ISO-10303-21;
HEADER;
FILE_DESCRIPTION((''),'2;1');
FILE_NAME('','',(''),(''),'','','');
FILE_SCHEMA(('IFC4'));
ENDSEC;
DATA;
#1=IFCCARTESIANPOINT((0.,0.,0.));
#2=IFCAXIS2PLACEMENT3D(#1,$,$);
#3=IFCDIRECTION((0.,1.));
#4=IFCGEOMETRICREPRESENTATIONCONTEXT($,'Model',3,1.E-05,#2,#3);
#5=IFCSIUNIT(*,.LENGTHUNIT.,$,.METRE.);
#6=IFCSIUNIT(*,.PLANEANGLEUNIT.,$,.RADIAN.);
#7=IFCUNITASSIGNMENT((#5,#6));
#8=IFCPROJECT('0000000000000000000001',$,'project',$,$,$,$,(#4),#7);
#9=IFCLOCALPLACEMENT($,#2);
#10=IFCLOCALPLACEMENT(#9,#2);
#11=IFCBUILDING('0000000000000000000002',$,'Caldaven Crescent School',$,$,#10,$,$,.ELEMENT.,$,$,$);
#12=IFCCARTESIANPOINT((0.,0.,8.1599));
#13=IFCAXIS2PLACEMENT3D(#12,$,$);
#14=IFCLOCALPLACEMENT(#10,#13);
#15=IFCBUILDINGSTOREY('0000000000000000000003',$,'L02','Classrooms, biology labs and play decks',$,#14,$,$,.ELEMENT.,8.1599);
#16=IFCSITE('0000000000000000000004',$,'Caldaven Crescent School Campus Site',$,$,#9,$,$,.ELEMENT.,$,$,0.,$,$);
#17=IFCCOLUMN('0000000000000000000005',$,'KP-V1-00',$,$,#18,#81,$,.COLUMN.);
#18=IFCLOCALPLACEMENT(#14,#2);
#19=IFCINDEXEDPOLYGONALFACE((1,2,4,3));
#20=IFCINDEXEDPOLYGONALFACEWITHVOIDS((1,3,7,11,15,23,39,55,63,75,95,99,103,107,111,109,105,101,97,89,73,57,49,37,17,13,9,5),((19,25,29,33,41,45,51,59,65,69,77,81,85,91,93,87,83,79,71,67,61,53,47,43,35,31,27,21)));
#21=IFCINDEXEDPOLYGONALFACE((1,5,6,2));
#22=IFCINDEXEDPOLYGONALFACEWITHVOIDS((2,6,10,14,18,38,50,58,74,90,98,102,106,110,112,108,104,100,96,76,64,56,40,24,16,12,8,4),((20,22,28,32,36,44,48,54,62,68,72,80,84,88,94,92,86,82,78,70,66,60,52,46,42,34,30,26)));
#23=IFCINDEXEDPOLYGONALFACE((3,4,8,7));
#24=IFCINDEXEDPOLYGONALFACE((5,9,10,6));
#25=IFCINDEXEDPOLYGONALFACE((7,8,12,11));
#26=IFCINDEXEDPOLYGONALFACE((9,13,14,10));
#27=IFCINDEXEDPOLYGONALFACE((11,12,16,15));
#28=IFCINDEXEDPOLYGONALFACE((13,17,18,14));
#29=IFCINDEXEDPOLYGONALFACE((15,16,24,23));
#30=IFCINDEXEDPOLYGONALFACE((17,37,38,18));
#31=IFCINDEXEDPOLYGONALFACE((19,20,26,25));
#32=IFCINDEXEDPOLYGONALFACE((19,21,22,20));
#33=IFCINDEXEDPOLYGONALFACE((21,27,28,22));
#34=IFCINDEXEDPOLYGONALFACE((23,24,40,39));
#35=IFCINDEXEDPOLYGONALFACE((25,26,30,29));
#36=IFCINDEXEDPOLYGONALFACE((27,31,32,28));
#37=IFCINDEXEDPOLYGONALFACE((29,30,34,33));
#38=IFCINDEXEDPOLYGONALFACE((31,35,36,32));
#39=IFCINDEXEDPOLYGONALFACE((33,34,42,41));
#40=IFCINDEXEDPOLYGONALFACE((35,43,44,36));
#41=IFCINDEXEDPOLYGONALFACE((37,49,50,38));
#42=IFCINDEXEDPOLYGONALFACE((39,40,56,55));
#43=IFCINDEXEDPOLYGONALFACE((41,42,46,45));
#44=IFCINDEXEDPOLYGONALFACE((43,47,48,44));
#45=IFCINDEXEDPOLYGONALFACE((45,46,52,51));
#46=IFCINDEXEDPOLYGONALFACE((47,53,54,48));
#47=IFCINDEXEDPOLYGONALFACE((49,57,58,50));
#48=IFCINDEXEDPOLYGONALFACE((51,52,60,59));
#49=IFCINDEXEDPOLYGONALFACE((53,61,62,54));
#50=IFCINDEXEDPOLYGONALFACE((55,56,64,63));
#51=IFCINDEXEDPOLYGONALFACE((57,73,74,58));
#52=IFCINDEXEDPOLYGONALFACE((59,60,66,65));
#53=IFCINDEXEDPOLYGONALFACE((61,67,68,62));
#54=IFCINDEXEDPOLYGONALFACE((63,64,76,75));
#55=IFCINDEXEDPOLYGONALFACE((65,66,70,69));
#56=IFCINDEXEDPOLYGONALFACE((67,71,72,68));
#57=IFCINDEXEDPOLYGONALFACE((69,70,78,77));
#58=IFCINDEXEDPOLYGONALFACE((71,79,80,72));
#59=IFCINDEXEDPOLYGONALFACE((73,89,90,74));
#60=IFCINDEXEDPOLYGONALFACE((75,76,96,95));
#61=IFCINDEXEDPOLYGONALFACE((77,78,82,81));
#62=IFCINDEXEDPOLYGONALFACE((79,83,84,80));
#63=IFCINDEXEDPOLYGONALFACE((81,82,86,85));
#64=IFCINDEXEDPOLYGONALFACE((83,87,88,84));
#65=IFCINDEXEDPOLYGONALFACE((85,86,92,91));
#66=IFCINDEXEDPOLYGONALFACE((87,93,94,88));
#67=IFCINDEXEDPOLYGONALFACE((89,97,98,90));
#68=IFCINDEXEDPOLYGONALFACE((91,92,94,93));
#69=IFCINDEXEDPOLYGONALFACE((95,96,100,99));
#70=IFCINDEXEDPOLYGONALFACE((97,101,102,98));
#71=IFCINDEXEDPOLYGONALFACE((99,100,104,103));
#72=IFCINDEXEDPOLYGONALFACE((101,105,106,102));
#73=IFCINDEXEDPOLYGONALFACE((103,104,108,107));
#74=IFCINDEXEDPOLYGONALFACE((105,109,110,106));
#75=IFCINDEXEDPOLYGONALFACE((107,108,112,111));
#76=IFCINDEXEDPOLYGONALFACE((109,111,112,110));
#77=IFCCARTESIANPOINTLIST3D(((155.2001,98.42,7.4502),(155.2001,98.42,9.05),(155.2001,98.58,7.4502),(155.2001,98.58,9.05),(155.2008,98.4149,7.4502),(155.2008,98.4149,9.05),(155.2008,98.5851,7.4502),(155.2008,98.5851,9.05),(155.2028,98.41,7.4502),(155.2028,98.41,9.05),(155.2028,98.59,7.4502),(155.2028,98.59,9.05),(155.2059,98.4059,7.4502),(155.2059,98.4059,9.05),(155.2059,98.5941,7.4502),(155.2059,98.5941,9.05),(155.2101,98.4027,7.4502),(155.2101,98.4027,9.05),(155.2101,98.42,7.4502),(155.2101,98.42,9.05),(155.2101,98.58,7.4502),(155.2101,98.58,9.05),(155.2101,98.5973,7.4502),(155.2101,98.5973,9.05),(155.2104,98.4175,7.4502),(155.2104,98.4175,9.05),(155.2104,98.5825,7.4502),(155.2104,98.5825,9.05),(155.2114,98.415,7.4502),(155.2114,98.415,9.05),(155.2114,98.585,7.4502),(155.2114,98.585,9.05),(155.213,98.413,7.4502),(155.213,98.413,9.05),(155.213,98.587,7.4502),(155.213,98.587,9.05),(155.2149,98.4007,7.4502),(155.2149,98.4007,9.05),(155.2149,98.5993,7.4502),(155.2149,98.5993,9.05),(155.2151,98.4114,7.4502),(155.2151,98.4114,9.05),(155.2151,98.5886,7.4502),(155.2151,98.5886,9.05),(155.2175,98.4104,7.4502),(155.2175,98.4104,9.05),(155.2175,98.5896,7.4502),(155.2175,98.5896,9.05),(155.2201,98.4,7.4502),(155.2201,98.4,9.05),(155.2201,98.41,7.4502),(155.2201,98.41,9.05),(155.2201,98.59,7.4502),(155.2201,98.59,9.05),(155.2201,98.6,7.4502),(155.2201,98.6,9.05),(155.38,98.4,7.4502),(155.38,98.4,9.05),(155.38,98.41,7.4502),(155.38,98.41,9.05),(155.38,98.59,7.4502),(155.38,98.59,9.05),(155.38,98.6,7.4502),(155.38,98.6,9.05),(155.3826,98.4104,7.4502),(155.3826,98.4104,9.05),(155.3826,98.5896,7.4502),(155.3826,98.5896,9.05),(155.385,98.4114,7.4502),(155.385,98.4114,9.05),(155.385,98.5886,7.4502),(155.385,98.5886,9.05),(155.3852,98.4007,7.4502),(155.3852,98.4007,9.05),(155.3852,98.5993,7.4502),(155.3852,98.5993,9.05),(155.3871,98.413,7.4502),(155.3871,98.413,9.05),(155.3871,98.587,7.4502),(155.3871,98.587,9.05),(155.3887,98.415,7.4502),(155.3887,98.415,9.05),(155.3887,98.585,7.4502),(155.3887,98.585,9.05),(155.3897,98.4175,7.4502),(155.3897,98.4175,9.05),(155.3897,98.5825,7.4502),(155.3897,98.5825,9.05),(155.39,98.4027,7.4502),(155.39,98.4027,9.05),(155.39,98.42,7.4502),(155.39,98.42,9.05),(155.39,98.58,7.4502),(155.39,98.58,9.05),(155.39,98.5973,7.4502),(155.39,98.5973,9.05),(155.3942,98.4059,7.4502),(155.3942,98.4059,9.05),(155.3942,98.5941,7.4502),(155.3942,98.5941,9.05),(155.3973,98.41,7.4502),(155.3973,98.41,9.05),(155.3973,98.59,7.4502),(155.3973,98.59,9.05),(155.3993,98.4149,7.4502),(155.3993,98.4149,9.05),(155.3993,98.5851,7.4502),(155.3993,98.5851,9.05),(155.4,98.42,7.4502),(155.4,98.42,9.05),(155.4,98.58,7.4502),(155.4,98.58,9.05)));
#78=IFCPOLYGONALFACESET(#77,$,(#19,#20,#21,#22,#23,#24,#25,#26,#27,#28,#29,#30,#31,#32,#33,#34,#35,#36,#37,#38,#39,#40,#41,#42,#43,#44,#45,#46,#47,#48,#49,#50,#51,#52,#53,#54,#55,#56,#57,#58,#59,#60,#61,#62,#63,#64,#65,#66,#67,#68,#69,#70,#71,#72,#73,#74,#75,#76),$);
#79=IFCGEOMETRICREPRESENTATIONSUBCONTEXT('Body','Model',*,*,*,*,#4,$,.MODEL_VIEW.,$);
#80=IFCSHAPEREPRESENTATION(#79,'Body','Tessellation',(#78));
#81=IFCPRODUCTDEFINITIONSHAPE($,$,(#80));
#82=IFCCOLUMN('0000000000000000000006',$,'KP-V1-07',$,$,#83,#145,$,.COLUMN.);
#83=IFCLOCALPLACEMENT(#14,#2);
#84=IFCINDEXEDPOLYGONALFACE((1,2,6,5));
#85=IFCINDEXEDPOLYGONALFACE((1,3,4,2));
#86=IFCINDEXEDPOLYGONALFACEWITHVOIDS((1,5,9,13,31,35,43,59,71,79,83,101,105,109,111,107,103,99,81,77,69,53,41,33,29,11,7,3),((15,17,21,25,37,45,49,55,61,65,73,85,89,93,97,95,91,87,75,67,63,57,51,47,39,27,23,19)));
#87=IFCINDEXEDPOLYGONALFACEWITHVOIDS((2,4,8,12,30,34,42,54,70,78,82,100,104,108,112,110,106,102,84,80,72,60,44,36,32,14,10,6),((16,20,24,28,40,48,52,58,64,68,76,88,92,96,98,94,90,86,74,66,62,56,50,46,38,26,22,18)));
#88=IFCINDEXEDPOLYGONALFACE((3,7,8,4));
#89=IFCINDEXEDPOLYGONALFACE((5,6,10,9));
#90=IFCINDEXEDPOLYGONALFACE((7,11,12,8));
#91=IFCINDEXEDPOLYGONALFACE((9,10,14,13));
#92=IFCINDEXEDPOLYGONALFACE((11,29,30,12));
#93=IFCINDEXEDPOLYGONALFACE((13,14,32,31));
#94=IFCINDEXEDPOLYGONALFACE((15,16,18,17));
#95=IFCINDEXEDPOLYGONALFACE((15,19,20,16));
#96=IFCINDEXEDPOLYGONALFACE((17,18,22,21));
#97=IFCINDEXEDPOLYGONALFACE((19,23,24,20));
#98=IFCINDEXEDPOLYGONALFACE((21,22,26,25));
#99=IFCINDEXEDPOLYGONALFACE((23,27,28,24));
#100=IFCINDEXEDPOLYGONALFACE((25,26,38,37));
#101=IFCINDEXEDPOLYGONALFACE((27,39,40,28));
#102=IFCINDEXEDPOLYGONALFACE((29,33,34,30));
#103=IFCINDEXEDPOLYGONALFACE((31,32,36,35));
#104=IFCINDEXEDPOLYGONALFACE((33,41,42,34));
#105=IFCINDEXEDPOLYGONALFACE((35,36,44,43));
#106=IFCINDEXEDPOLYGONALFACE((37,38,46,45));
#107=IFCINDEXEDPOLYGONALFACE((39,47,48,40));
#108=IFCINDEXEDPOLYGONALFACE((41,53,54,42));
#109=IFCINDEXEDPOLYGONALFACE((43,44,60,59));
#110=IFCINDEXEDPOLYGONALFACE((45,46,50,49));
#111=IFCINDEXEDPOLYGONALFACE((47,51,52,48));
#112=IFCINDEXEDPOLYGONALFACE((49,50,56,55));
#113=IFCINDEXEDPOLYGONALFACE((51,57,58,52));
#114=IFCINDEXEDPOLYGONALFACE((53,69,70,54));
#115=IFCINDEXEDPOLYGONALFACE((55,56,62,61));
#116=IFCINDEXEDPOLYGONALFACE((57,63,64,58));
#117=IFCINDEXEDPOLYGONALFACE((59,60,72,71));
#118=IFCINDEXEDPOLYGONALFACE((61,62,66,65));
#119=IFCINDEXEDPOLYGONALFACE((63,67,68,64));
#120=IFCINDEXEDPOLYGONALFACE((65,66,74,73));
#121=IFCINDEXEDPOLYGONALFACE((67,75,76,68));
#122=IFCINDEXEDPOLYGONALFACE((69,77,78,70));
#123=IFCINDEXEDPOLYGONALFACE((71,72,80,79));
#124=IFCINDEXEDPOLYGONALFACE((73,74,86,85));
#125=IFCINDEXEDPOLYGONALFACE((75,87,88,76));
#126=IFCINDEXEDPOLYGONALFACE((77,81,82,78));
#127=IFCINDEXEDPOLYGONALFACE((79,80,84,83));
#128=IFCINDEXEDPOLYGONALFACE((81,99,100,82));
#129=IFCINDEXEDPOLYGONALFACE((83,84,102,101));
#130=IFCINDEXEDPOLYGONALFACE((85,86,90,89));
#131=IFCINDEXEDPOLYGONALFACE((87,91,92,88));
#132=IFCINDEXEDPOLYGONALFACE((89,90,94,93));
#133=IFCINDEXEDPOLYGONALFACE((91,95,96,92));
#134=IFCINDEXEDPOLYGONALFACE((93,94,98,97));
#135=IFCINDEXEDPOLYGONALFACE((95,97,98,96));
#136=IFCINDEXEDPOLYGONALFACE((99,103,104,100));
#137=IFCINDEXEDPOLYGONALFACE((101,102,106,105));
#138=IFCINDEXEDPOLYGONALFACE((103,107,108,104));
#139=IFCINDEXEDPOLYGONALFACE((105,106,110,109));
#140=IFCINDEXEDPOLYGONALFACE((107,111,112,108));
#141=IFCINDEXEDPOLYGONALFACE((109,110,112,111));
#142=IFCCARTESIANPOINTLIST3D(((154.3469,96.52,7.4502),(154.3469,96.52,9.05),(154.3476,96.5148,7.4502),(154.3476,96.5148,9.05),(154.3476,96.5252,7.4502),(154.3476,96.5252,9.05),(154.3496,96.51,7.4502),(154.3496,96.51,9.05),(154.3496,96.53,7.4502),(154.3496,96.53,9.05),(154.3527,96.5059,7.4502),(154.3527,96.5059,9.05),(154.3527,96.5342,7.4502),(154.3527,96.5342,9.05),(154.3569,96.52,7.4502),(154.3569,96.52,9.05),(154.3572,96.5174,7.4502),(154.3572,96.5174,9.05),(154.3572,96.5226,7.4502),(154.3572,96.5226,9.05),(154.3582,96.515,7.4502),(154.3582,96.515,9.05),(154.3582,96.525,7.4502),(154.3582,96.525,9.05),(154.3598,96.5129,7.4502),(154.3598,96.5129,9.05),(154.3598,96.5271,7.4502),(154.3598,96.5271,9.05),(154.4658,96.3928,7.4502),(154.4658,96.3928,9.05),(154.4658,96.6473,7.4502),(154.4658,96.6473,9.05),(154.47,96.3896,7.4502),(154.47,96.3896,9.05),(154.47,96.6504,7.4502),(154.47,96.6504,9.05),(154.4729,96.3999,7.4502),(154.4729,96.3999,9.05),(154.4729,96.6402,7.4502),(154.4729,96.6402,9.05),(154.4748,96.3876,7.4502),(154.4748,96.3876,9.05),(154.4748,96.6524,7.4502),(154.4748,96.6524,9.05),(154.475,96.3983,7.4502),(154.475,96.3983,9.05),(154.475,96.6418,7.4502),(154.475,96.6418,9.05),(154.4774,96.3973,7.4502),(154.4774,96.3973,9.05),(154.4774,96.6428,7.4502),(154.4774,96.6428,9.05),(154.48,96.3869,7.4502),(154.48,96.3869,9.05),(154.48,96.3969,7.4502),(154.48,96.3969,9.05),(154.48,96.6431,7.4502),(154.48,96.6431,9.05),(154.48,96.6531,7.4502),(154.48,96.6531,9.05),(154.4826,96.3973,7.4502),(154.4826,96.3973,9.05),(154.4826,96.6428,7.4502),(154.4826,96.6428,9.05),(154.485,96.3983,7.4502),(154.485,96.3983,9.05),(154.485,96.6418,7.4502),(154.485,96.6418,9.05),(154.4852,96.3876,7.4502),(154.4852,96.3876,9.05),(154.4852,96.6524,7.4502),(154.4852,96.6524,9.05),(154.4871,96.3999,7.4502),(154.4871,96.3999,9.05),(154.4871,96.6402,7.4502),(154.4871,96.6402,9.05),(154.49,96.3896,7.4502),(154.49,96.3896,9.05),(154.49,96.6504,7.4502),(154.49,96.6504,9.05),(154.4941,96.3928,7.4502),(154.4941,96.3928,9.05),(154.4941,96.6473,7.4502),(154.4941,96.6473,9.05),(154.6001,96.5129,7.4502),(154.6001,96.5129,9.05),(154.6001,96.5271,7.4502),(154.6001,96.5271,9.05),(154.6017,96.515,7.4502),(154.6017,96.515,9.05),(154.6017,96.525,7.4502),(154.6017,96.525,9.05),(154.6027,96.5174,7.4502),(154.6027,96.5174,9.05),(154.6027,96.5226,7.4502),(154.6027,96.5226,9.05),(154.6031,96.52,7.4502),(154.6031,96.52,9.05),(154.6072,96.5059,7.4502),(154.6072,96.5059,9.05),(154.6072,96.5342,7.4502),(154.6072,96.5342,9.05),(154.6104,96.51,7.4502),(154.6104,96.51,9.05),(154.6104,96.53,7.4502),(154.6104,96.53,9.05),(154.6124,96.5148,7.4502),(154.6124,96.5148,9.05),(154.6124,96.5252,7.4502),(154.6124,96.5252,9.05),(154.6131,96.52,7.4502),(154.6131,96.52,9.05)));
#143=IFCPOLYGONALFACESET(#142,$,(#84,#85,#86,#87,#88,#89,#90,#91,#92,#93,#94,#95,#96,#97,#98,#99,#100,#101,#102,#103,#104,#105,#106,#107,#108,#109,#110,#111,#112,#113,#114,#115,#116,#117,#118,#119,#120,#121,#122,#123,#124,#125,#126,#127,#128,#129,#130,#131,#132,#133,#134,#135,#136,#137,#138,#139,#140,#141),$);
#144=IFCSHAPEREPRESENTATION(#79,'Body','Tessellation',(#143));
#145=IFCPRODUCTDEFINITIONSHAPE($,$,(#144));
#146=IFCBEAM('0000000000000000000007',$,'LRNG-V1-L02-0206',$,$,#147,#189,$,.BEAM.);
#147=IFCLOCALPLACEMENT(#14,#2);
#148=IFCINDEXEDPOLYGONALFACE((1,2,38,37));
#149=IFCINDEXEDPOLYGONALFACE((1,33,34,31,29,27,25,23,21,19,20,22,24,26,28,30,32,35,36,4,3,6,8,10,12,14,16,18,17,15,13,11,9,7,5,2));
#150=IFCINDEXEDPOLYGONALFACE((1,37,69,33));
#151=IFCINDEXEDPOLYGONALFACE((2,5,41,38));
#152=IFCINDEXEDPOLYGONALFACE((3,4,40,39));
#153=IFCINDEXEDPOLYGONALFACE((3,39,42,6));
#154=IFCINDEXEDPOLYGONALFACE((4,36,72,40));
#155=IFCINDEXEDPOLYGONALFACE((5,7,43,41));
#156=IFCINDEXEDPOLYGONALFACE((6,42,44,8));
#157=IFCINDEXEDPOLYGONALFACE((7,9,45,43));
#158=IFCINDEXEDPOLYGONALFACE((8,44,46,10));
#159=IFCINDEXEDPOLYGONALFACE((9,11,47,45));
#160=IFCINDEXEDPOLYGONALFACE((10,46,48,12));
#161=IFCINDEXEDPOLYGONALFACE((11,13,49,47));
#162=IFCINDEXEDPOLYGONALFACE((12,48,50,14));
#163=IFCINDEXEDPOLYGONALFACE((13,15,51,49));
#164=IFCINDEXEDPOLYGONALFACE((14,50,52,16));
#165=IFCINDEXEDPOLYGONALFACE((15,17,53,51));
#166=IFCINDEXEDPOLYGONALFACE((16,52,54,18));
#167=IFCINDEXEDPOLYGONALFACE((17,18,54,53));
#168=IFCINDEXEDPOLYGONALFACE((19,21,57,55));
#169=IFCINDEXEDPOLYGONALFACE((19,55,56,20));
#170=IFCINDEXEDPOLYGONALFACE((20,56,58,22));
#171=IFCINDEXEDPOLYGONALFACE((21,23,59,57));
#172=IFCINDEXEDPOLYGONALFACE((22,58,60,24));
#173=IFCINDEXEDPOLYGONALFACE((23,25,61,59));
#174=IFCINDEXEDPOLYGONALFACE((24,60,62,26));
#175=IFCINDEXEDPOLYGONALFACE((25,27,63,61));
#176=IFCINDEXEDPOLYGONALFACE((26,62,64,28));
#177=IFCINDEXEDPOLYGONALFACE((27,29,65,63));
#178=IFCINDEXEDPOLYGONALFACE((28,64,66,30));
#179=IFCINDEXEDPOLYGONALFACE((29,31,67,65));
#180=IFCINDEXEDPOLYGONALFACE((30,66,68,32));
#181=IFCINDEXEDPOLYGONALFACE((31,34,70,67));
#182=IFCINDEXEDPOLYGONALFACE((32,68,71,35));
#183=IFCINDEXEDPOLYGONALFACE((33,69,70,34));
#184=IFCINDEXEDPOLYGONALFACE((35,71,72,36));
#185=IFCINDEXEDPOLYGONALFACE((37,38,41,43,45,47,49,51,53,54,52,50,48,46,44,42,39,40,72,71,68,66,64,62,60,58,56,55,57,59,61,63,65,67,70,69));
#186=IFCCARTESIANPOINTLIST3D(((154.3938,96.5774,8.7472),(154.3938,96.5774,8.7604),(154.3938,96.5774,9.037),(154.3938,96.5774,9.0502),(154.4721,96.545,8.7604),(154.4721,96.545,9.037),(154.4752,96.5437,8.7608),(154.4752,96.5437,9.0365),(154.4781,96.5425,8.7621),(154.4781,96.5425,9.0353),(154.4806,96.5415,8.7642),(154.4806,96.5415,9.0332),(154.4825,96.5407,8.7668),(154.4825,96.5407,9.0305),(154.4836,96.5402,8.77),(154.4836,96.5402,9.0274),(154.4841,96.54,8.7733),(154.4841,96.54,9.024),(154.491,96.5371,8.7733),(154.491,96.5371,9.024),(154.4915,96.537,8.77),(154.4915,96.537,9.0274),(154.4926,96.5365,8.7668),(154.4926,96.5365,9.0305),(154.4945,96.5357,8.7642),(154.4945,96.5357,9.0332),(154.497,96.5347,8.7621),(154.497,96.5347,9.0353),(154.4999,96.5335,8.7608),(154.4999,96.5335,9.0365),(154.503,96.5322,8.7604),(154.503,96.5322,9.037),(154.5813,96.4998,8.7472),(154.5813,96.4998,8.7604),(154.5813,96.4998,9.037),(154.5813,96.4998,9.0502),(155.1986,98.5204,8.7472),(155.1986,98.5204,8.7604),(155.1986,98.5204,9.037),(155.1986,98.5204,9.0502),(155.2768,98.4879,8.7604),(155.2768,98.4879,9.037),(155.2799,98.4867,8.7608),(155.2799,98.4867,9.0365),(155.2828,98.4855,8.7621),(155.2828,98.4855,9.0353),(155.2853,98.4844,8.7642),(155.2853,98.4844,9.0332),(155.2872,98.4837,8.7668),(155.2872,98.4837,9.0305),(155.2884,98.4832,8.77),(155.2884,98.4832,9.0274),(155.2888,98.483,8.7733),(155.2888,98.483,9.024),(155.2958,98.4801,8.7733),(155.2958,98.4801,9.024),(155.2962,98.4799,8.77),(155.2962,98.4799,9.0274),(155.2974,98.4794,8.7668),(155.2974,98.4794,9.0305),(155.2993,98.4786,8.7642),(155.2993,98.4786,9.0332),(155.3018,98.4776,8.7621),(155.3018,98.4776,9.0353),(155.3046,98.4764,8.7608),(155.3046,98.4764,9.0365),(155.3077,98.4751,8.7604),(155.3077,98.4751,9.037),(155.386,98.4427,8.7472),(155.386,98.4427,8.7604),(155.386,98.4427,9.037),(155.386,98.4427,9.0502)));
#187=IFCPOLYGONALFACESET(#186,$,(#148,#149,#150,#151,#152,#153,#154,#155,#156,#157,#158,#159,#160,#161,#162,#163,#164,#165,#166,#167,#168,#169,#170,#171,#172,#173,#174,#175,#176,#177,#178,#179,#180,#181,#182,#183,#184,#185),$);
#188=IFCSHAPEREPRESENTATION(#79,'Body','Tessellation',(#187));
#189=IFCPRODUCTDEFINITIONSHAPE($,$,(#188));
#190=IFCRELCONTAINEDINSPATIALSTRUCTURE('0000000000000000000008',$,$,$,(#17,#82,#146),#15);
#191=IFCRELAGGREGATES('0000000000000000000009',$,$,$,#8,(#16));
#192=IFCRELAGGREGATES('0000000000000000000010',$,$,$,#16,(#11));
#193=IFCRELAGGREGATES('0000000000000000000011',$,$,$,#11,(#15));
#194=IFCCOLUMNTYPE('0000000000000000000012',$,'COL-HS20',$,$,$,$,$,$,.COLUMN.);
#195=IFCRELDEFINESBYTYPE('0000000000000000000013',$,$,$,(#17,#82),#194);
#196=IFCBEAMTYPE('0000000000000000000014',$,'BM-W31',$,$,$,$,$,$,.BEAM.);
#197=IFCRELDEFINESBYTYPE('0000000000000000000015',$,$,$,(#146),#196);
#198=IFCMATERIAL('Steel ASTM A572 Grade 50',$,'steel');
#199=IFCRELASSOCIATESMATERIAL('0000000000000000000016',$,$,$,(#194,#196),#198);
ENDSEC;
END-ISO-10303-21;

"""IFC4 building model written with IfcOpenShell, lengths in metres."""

from ifc_helpers import new_model, si_unit, direction, frame, origin, origin_2d, place, context, subcontext, project, spatial, hollow_rectangle, i_section, extrude, material, material_profile, profile_set, type_object, element, save


model = new_model("IFC4")

# Units and contexts
model_context = context("Model", 3, precision=1e-05, world=origin(), true_north=direction((0.0, 1.0)))
body_context = subcontext(model_context, "Body", "Model", "MODEL_VIEW")
ifc_project = project(units=[si_unit("LENGTHUNIT", "METRE"), si_unit("PLANEANGLEUNIT", "RADIAN")], contexts=[model_context])

# Site, building, storey
site_placement = place(None, origin())
site = spatial("IfcSite", under=ifc_project, at=site_placement, Name="Caldaven Crescent School Campus Site", CompositionType="ELEMENT", RefElevation=0.0)
building_placement = place(site_placement, origin())
building = spatial("IfcBuilding", under=site, at=building_placement, Name="Caldaven Crescent School", CompositionType="ELEMENT")
storey_placement = place(building_placement, frame((0.0, 0.0, 8.1599)))
storey = spatial("IfcBuildingStorey", under=building, at=storey_placement, Name="L02", Description="Classrooms, biology labs and play decks", CompositionType="ELEMENT", Elevation=8.1599)

# Columns
ifc_material_1 = material(Name="Steel ASTM A572 Grade 50", Category="steel")
ifc_material_profile_1 = material_profile(ifc_material_1, hollow_rectangle(XDim=0.2, YDim=0.2, WallThickness=0.01, InnerFilletRadius=0.01, OuterFilletRadius=0.02, at=origin_2d()), Name="HSS 200x200x10")
ifc_profile_set_1 = profile_set([ifc_material_profile_1], Name="Steel ASTM A572 Grade 50")
column_type = type_object("IfcColumnType", Name="COL-HS20", PredefinedType="COLUMN", material=ifc_profile_set_1)
for number, where, z_axis, x_axis, name in (
    (1, (155.3, 98.5, 7.4502), (0.0, 0.0, 1.0), (1.0, 0.0, 0.0), "KP-V1-00"),
    (2, (154.48, 96.52, 7.4502), (0.0, 0.0, 1.0), (0.707107, -0.707107, 0.0), "KP-V1-07"),
):
    element("IfcColumn", number, at=place(storey_placement, frame(where, z_axis=z_axis, x_axis=x_axis)), inside=storey, type_object=column_type, Name=name, PredefinedType="COLUMN", context=body_context, shape_type="SweptSolid", body=[
        extrude(hollow_rectangle(XDim=0.2, YDim=0.2, WallThickness=0.01, InnerFilletRadius=0.01, OuterFilletRadius=0.02, at=origin_2d()), origin(), (0.0, 0.0, 1.0), 1.5999),
    ])

# Beam
ifc_material_profile_2 = material_profile(ifc_material_1, i_section(OverallWidth=0.2029, OverallDepth=0.303, WebThickness=0.0076, FlangeThickness=0.0132, FilletRadius=0.0129, at=origin_2d()), Name="W310x60")
ifc_profile_set_2 = profile_set([ifc_material_profile_2], Name="Steel ASTM A572 Grade 50")
beam_type_1 = type_object("IfcBeamType", Name="BM-W31", PredefinedType="BEAM", material=ifc_profile_set_2)
beam_1_placement = place(storey_placement, frame((154.4875, 96.5386, 8.8987), z_axis=(0.382653, 0.923892, 0.0), x_axis=(-0.923892, 0.382653, 0.0)))
element("IfcBeam", 3, at=beam_1_placement, inside=storey, type_object=beam_type_1, Name="LRNG-V1-L02-0206", PredefinedType="BEAM", context=body_context, shape_type="SweptSolid", body=[
    extrude(i_section(OverallWidth=0.2029, OverallDepth=0.303, WebThickness=0.0076, FlangeThickness=0.0132, FilletRadius=0.0129, at=origin_2d()), origin(), (0.0, 0.0, 1.0), 2.103),
])

save(model, "model.ifc")
